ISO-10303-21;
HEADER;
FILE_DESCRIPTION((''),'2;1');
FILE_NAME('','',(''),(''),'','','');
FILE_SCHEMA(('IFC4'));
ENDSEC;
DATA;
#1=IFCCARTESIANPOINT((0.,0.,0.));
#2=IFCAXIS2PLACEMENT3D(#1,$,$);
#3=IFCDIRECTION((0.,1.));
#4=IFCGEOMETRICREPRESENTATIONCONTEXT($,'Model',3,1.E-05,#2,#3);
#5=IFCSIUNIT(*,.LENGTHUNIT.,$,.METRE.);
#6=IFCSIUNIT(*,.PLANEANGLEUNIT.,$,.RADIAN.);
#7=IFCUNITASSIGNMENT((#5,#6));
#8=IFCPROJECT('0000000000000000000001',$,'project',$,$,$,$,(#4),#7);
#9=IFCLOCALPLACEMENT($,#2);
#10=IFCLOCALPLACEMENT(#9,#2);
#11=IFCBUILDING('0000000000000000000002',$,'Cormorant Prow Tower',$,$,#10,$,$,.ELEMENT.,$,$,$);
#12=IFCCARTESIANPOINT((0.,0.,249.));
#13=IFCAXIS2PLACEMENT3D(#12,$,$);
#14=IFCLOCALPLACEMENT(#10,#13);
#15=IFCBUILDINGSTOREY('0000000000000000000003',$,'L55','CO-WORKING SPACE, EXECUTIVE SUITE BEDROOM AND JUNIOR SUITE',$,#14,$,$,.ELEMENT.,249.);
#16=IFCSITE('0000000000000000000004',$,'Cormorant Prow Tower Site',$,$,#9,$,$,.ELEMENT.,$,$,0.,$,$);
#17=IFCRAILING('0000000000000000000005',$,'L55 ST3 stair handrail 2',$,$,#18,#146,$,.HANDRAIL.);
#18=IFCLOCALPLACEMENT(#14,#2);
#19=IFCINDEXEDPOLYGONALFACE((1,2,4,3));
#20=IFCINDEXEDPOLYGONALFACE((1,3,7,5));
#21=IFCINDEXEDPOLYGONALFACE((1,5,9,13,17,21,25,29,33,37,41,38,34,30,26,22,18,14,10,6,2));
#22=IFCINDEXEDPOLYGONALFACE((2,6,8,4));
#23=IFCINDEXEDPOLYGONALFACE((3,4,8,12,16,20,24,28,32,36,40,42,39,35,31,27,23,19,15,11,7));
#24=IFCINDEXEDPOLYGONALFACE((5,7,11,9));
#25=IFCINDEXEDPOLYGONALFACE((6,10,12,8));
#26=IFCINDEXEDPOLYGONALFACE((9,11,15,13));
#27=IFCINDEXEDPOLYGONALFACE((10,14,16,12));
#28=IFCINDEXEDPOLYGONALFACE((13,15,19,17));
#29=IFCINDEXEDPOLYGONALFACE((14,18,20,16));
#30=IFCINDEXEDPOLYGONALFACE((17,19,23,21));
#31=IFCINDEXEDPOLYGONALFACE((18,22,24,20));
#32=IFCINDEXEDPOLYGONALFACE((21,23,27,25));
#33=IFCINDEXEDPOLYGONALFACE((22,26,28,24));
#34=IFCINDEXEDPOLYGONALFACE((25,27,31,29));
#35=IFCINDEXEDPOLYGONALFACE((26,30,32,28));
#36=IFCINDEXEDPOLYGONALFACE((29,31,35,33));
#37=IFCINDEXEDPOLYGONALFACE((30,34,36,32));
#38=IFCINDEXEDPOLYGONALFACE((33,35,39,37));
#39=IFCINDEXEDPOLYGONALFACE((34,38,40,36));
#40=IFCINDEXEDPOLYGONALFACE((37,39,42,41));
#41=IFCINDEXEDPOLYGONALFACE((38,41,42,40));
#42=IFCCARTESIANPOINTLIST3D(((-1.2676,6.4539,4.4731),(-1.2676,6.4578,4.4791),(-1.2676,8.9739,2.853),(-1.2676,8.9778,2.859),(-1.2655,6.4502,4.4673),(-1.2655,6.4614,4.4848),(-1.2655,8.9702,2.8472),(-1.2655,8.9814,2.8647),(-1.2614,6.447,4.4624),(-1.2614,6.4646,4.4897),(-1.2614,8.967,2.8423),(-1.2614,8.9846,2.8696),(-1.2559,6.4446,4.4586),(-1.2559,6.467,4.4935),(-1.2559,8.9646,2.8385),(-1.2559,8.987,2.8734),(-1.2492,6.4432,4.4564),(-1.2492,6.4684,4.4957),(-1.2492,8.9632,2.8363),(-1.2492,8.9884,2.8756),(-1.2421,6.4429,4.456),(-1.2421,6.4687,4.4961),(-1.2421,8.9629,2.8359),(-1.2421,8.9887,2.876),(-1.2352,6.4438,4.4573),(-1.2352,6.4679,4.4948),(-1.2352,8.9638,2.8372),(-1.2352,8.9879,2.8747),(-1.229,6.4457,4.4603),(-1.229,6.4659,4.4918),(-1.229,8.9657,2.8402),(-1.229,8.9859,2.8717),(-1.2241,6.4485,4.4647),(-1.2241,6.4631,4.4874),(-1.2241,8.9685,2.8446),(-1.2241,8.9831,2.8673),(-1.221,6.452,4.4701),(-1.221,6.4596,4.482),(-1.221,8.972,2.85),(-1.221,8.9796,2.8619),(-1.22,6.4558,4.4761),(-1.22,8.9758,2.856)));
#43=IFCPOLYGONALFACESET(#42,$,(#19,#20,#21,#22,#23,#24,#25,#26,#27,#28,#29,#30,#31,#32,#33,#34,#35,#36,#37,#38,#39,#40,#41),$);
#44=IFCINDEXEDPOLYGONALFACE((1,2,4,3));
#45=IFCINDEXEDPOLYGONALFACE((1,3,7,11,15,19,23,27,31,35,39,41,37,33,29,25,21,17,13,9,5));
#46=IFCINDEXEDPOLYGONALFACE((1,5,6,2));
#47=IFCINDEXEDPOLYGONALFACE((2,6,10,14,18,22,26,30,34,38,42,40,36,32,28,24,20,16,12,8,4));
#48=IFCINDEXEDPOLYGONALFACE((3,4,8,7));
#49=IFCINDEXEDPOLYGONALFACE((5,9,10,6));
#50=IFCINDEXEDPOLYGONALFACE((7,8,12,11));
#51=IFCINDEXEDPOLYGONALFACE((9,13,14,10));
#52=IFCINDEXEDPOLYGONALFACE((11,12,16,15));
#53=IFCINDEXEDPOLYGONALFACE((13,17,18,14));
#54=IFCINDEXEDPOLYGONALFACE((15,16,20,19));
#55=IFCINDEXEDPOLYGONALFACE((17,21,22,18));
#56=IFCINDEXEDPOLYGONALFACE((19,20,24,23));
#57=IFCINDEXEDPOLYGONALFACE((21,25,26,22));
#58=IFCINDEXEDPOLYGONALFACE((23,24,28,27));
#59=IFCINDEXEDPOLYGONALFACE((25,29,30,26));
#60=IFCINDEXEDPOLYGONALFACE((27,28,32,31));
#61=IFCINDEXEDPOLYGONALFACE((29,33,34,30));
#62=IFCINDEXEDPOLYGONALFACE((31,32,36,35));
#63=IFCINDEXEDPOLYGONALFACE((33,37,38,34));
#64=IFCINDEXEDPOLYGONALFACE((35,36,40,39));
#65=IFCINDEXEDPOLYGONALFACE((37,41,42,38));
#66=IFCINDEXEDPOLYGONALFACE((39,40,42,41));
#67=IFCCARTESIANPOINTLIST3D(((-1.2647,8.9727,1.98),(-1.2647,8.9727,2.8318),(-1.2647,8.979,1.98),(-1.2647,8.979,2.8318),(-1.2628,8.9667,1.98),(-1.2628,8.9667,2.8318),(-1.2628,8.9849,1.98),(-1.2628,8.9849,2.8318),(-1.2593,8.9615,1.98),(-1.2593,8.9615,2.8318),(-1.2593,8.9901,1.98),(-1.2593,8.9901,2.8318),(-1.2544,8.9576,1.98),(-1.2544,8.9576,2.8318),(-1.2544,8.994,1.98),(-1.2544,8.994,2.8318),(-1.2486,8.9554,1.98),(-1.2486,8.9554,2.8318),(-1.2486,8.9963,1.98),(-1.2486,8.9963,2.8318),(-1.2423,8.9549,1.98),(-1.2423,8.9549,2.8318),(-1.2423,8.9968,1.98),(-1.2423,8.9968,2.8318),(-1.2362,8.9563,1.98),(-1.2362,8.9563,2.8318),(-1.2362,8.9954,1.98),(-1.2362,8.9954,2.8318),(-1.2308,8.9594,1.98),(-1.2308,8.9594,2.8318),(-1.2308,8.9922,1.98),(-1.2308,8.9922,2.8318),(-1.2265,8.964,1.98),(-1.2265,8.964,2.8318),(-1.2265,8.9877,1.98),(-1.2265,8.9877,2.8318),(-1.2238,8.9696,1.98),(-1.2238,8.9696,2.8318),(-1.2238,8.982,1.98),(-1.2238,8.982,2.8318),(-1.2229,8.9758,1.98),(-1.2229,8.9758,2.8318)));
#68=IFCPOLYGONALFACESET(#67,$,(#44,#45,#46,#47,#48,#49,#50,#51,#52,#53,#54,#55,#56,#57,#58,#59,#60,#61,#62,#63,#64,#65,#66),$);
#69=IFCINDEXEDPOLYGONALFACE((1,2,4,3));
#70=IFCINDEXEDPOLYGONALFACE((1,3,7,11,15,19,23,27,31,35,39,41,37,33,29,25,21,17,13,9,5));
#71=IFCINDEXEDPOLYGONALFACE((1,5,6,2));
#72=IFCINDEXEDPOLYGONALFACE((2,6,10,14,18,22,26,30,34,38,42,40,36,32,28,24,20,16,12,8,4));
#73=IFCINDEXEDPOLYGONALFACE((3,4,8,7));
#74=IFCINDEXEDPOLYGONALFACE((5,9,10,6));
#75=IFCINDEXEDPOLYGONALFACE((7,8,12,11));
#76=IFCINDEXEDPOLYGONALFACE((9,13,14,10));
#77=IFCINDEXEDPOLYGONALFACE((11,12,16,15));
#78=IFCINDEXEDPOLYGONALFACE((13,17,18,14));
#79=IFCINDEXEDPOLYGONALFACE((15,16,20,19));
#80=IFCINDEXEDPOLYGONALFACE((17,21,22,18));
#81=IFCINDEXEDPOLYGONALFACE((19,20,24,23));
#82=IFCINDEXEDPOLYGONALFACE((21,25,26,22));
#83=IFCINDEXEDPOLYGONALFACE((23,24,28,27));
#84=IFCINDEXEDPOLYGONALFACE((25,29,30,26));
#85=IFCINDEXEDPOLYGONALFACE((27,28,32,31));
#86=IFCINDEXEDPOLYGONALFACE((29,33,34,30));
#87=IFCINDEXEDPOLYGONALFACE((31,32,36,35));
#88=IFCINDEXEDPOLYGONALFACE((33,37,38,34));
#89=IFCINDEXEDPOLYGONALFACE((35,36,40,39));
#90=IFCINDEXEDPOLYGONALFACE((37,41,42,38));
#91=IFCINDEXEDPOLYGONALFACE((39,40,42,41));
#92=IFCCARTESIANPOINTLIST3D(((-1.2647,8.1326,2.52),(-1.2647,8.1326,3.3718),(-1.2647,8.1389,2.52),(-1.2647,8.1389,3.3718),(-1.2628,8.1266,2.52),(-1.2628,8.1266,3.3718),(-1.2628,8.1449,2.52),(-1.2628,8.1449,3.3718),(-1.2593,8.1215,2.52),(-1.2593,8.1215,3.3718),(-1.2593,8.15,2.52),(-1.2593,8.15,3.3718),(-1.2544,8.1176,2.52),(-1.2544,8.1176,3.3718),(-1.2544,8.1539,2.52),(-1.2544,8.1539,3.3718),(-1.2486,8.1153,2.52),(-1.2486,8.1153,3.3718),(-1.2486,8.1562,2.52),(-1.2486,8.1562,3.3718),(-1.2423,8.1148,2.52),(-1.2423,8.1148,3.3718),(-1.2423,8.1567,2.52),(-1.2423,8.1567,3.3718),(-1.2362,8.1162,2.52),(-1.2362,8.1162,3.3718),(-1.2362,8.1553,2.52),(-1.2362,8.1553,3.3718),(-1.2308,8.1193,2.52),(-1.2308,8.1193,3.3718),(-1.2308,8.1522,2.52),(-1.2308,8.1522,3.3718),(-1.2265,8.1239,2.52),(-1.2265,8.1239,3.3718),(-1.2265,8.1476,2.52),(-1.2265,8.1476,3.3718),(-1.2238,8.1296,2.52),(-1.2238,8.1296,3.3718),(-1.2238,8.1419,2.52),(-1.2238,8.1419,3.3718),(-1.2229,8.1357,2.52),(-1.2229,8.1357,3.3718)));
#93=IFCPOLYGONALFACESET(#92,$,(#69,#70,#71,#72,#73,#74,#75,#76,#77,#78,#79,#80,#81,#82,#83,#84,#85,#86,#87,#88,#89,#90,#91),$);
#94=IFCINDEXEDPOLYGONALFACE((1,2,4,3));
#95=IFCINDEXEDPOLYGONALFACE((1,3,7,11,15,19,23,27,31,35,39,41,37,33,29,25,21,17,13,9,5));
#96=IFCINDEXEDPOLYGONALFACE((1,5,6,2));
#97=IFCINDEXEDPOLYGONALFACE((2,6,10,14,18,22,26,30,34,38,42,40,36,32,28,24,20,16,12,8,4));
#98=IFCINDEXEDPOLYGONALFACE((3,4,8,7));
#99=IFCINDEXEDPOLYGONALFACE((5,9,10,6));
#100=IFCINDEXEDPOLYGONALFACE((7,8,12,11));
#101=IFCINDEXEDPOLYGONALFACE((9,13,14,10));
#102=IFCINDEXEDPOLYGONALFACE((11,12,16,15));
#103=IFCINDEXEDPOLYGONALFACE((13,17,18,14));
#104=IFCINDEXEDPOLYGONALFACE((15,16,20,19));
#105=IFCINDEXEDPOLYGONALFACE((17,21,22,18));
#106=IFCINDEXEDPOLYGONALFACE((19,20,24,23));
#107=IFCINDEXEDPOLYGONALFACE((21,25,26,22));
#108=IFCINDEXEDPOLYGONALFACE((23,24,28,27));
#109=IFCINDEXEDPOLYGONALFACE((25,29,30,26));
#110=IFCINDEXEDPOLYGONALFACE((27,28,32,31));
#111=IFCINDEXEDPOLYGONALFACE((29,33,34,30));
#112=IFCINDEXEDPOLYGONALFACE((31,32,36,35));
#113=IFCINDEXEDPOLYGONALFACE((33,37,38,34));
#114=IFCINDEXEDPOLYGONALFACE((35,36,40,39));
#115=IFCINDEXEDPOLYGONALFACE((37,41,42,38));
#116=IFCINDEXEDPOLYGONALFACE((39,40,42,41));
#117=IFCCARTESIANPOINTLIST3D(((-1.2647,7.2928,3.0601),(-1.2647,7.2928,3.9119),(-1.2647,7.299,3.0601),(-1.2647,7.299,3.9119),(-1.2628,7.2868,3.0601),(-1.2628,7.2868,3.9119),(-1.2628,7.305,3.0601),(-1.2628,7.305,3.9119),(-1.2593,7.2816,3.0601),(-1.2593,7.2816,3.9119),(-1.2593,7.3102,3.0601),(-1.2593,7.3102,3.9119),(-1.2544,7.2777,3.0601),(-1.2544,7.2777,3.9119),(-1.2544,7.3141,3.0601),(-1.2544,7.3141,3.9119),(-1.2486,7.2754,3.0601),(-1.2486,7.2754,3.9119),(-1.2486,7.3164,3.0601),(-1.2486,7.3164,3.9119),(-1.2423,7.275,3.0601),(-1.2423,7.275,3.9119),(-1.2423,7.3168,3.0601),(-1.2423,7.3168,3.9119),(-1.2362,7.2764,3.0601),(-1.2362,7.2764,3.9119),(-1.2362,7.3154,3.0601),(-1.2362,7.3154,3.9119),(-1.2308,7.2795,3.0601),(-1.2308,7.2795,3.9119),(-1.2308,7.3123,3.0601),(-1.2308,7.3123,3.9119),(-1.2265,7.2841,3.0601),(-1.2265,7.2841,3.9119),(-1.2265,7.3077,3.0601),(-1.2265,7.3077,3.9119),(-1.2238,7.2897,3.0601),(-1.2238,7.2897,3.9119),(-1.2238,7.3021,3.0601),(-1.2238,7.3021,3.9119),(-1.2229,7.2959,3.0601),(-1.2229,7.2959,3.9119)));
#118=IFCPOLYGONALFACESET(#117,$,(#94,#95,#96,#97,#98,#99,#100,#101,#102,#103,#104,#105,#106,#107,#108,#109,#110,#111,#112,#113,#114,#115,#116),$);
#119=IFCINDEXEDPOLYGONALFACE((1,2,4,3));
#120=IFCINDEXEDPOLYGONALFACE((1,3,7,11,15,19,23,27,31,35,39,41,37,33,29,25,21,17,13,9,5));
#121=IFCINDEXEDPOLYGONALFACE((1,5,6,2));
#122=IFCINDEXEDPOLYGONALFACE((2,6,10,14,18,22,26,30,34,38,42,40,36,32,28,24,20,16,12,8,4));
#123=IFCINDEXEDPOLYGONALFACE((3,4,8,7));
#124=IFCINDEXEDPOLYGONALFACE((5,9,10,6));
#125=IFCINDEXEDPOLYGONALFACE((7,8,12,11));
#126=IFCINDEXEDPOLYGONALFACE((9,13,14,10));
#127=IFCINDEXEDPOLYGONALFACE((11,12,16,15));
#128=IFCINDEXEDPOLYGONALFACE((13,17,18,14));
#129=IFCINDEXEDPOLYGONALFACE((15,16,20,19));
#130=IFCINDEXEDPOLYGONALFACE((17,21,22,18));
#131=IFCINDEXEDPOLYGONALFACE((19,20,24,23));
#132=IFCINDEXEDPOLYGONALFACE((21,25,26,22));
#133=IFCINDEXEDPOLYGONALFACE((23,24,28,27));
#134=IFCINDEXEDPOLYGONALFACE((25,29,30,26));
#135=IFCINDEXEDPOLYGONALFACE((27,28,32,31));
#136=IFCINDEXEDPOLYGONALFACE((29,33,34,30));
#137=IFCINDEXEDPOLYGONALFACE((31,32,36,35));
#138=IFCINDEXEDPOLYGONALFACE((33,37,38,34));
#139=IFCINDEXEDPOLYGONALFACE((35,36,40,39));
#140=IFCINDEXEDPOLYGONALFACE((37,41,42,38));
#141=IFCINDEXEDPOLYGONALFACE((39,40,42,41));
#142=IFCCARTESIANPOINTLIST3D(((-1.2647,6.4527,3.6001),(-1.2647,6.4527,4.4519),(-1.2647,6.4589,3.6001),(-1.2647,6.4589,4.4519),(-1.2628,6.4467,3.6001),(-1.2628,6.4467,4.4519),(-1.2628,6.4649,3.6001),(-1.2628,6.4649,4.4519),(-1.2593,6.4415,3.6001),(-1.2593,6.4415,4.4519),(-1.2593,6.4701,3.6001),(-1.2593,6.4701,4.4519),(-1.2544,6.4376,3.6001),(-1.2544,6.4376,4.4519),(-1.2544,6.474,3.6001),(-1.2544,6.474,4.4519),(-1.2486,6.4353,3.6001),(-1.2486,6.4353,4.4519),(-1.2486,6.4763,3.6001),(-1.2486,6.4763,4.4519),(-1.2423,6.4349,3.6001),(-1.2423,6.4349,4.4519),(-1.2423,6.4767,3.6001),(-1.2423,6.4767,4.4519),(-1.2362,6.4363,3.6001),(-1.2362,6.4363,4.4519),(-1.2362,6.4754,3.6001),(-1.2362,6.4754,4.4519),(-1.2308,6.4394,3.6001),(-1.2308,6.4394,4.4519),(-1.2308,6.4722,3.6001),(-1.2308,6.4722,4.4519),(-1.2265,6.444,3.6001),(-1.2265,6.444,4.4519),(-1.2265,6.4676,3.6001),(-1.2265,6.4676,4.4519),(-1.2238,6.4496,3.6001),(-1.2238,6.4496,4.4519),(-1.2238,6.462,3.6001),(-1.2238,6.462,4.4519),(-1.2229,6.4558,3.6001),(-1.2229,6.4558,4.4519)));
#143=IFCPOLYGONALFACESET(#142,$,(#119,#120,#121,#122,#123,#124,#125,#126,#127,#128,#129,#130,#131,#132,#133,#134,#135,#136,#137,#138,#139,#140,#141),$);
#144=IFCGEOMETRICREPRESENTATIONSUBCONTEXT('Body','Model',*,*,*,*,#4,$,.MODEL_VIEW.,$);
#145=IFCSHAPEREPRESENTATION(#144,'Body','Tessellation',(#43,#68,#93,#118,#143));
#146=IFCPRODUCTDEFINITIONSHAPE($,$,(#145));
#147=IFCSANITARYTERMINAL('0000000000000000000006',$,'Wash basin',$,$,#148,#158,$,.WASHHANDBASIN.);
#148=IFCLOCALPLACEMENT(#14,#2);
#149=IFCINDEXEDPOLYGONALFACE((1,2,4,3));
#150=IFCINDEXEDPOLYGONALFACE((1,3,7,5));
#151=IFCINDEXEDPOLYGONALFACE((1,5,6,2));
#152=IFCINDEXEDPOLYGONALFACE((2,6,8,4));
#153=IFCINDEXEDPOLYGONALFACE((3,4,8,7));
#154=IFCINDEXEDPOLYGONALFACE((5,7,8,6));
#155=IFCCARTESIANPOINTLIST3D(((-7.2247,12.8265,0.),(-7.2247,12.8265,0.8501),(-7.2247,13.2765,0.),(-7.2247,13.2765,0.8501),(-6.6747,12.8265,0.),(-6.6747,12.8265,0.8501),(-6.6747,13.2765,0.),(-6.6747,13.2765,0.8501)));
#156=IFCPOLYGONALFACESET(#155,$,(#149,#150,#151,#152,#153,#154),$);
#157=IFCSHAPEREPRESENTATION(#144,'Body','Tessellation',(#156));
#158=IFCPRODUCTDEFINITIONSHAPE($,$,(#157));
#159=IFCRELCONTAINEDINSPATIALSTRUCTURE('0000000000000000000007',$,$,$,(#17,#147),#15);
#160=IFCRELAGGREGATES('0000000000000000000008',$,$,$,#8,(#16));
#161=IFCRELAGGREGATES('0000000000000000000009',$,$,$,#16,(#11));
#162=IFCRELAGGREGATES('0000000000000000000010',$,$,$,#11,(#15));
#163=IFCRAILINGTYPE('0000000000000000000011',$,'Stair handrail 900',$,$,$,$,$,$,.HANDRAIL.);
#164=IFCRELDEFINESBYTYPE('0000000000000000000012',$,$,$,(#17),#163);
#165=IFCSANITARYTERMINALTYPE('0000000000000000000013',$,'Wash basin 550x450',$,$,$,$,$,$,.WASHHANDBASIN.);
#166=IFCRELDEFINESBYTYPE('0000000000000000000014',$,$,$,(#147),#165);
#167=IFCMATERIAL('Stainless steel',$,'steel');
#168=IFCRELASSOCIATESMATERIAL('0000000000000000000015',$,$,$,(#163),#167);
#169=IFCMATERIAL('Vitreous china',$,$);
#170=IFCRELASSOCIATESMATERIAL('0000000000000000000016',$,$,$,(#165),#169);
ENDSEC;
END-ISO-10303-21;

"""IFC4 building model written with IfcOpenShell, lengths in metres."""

from ifc_helpers import new_model, si_unit, direction, frame, origin, origin_2d, place, context, subcontext, project, spatial, rectangle, circle, extrude, material, type_object, element, save


model = new_model("IFC4")

# Units and contexts
model_context = context("Model", 3, precision=1e-05, world=origin(), true_north=direction((0.0, 1.0)))
body_context = subcontext(model_context, "Body", "Model", "MODEL_VIEW")
ifc_project = project(units=[si_unit("LENGTHUNIT", "METRE"), si_unit("PLANEANGLEUNIT", "RADIAN")], contexts=[model_context])

# Site, building, storey
site_placement = place(None, origin())
site = spatial("IfcSite", under=ifc_project, at=site_placement, Name="Cormorant Prow Tower Site", CompositionType="ELEMENT", RefElevation=0.0)
building_placement = place(site_placement, origin())
building = spatial("IfcBuilding", under=site, at=building_placement, Name="Cormorant Prow Tower", CompositionType="ELEMENT")
storey_placement = place(building_placement, frame((0.0, 0.0, 249.0)))
storey = spatial("IfcBuildingStorey", under=building, at=storey_placement, Name="L55", Description="CO-WORKING SPACE, EXECUTIVE SUITE BEDROOM AND JUNIOR SUITE", CompositionType="ELEMENT", Elevation=249.0)

# Railing
ifc_material_1 = material(Name="Stainless steel", Category="steel")
railing_type = type_object("IfcRailingType", Name="Stair handrail 900", PredefinedType="HANDRAIL", material=ifc_material_1)
railing_placement = place(storey_placement, frame((-1.2439, 8.9758, 1.98)))
element("IfcRailing", 1, at=railing_placement, inside=storey, type_object=railing_type, Name="L55 ST3 stair handrail 2", PredefinedType="HANDRAIL", context=body_context, shape_type="SweptSolid", body=[
    extrude(circle(Radius=0.0239, at=origin_2d()), frame((0.0, 0.0, 0.876), z_axis=(0.0, -0.841163, 0.540782), x_axis=(1.0, 0.0, 0.0)), (0.0, 0.0, 1.0), 2.9958),
    extrude(circle(Radius=0.021, at=origin_2d()), origin(), (0.0, 0.0, 1.0), 0.8518),
    extrude(circle(Radius=0.021, at=origin_2d()), frame((0.0, -0.8401, 0.54)), (0.0, 0.0, 1.0), 0.8518),
    extrude(circle(Radius=0.021, at=origin_2d()), frame((0.0, -1.6799, 1.0801)), (0.0, 0.0, 1.0), 0.8518),
    extrude(circle(Radius=0.021, at=origin_2d()), frame((0.0, -2.52, 1.6201)), (0.0, 0.0, 1.0), 0.8518),
])

# Sanitary terminal
ifc_material_2 = material(Name="Vitreous china")
sanitary_terminal_type = type_object("IfcSanitaryTerminalType", Name="Wash basin 550x450", PredefinedType="WASHHANDBASIN", material=ifc_material_2)
sanitary_terminal_placement = place(storey_placement, frame((-6.9497, 13.0515, 0.0), z_axis=(0.0, 0.0, 1.0), x_axis=(1.0, 0.0, 0.0)))
element("IfcSanitaryTerminal", 2, at=sanitary_terminal_placement, inside=storey, type_object=sanitary_terminal_type, Name="Wash basin", PredefinedType="WASHHANDBASIN", context=body_context, shape_type="SweptSolid", body=[
    extrude(rectangle(XDim=0.55, YDim=0.45, at=origin_2d()), origin(), (0.0, 0.0, 1.0), 0.8501),
])

save(model, "model.ifc")
